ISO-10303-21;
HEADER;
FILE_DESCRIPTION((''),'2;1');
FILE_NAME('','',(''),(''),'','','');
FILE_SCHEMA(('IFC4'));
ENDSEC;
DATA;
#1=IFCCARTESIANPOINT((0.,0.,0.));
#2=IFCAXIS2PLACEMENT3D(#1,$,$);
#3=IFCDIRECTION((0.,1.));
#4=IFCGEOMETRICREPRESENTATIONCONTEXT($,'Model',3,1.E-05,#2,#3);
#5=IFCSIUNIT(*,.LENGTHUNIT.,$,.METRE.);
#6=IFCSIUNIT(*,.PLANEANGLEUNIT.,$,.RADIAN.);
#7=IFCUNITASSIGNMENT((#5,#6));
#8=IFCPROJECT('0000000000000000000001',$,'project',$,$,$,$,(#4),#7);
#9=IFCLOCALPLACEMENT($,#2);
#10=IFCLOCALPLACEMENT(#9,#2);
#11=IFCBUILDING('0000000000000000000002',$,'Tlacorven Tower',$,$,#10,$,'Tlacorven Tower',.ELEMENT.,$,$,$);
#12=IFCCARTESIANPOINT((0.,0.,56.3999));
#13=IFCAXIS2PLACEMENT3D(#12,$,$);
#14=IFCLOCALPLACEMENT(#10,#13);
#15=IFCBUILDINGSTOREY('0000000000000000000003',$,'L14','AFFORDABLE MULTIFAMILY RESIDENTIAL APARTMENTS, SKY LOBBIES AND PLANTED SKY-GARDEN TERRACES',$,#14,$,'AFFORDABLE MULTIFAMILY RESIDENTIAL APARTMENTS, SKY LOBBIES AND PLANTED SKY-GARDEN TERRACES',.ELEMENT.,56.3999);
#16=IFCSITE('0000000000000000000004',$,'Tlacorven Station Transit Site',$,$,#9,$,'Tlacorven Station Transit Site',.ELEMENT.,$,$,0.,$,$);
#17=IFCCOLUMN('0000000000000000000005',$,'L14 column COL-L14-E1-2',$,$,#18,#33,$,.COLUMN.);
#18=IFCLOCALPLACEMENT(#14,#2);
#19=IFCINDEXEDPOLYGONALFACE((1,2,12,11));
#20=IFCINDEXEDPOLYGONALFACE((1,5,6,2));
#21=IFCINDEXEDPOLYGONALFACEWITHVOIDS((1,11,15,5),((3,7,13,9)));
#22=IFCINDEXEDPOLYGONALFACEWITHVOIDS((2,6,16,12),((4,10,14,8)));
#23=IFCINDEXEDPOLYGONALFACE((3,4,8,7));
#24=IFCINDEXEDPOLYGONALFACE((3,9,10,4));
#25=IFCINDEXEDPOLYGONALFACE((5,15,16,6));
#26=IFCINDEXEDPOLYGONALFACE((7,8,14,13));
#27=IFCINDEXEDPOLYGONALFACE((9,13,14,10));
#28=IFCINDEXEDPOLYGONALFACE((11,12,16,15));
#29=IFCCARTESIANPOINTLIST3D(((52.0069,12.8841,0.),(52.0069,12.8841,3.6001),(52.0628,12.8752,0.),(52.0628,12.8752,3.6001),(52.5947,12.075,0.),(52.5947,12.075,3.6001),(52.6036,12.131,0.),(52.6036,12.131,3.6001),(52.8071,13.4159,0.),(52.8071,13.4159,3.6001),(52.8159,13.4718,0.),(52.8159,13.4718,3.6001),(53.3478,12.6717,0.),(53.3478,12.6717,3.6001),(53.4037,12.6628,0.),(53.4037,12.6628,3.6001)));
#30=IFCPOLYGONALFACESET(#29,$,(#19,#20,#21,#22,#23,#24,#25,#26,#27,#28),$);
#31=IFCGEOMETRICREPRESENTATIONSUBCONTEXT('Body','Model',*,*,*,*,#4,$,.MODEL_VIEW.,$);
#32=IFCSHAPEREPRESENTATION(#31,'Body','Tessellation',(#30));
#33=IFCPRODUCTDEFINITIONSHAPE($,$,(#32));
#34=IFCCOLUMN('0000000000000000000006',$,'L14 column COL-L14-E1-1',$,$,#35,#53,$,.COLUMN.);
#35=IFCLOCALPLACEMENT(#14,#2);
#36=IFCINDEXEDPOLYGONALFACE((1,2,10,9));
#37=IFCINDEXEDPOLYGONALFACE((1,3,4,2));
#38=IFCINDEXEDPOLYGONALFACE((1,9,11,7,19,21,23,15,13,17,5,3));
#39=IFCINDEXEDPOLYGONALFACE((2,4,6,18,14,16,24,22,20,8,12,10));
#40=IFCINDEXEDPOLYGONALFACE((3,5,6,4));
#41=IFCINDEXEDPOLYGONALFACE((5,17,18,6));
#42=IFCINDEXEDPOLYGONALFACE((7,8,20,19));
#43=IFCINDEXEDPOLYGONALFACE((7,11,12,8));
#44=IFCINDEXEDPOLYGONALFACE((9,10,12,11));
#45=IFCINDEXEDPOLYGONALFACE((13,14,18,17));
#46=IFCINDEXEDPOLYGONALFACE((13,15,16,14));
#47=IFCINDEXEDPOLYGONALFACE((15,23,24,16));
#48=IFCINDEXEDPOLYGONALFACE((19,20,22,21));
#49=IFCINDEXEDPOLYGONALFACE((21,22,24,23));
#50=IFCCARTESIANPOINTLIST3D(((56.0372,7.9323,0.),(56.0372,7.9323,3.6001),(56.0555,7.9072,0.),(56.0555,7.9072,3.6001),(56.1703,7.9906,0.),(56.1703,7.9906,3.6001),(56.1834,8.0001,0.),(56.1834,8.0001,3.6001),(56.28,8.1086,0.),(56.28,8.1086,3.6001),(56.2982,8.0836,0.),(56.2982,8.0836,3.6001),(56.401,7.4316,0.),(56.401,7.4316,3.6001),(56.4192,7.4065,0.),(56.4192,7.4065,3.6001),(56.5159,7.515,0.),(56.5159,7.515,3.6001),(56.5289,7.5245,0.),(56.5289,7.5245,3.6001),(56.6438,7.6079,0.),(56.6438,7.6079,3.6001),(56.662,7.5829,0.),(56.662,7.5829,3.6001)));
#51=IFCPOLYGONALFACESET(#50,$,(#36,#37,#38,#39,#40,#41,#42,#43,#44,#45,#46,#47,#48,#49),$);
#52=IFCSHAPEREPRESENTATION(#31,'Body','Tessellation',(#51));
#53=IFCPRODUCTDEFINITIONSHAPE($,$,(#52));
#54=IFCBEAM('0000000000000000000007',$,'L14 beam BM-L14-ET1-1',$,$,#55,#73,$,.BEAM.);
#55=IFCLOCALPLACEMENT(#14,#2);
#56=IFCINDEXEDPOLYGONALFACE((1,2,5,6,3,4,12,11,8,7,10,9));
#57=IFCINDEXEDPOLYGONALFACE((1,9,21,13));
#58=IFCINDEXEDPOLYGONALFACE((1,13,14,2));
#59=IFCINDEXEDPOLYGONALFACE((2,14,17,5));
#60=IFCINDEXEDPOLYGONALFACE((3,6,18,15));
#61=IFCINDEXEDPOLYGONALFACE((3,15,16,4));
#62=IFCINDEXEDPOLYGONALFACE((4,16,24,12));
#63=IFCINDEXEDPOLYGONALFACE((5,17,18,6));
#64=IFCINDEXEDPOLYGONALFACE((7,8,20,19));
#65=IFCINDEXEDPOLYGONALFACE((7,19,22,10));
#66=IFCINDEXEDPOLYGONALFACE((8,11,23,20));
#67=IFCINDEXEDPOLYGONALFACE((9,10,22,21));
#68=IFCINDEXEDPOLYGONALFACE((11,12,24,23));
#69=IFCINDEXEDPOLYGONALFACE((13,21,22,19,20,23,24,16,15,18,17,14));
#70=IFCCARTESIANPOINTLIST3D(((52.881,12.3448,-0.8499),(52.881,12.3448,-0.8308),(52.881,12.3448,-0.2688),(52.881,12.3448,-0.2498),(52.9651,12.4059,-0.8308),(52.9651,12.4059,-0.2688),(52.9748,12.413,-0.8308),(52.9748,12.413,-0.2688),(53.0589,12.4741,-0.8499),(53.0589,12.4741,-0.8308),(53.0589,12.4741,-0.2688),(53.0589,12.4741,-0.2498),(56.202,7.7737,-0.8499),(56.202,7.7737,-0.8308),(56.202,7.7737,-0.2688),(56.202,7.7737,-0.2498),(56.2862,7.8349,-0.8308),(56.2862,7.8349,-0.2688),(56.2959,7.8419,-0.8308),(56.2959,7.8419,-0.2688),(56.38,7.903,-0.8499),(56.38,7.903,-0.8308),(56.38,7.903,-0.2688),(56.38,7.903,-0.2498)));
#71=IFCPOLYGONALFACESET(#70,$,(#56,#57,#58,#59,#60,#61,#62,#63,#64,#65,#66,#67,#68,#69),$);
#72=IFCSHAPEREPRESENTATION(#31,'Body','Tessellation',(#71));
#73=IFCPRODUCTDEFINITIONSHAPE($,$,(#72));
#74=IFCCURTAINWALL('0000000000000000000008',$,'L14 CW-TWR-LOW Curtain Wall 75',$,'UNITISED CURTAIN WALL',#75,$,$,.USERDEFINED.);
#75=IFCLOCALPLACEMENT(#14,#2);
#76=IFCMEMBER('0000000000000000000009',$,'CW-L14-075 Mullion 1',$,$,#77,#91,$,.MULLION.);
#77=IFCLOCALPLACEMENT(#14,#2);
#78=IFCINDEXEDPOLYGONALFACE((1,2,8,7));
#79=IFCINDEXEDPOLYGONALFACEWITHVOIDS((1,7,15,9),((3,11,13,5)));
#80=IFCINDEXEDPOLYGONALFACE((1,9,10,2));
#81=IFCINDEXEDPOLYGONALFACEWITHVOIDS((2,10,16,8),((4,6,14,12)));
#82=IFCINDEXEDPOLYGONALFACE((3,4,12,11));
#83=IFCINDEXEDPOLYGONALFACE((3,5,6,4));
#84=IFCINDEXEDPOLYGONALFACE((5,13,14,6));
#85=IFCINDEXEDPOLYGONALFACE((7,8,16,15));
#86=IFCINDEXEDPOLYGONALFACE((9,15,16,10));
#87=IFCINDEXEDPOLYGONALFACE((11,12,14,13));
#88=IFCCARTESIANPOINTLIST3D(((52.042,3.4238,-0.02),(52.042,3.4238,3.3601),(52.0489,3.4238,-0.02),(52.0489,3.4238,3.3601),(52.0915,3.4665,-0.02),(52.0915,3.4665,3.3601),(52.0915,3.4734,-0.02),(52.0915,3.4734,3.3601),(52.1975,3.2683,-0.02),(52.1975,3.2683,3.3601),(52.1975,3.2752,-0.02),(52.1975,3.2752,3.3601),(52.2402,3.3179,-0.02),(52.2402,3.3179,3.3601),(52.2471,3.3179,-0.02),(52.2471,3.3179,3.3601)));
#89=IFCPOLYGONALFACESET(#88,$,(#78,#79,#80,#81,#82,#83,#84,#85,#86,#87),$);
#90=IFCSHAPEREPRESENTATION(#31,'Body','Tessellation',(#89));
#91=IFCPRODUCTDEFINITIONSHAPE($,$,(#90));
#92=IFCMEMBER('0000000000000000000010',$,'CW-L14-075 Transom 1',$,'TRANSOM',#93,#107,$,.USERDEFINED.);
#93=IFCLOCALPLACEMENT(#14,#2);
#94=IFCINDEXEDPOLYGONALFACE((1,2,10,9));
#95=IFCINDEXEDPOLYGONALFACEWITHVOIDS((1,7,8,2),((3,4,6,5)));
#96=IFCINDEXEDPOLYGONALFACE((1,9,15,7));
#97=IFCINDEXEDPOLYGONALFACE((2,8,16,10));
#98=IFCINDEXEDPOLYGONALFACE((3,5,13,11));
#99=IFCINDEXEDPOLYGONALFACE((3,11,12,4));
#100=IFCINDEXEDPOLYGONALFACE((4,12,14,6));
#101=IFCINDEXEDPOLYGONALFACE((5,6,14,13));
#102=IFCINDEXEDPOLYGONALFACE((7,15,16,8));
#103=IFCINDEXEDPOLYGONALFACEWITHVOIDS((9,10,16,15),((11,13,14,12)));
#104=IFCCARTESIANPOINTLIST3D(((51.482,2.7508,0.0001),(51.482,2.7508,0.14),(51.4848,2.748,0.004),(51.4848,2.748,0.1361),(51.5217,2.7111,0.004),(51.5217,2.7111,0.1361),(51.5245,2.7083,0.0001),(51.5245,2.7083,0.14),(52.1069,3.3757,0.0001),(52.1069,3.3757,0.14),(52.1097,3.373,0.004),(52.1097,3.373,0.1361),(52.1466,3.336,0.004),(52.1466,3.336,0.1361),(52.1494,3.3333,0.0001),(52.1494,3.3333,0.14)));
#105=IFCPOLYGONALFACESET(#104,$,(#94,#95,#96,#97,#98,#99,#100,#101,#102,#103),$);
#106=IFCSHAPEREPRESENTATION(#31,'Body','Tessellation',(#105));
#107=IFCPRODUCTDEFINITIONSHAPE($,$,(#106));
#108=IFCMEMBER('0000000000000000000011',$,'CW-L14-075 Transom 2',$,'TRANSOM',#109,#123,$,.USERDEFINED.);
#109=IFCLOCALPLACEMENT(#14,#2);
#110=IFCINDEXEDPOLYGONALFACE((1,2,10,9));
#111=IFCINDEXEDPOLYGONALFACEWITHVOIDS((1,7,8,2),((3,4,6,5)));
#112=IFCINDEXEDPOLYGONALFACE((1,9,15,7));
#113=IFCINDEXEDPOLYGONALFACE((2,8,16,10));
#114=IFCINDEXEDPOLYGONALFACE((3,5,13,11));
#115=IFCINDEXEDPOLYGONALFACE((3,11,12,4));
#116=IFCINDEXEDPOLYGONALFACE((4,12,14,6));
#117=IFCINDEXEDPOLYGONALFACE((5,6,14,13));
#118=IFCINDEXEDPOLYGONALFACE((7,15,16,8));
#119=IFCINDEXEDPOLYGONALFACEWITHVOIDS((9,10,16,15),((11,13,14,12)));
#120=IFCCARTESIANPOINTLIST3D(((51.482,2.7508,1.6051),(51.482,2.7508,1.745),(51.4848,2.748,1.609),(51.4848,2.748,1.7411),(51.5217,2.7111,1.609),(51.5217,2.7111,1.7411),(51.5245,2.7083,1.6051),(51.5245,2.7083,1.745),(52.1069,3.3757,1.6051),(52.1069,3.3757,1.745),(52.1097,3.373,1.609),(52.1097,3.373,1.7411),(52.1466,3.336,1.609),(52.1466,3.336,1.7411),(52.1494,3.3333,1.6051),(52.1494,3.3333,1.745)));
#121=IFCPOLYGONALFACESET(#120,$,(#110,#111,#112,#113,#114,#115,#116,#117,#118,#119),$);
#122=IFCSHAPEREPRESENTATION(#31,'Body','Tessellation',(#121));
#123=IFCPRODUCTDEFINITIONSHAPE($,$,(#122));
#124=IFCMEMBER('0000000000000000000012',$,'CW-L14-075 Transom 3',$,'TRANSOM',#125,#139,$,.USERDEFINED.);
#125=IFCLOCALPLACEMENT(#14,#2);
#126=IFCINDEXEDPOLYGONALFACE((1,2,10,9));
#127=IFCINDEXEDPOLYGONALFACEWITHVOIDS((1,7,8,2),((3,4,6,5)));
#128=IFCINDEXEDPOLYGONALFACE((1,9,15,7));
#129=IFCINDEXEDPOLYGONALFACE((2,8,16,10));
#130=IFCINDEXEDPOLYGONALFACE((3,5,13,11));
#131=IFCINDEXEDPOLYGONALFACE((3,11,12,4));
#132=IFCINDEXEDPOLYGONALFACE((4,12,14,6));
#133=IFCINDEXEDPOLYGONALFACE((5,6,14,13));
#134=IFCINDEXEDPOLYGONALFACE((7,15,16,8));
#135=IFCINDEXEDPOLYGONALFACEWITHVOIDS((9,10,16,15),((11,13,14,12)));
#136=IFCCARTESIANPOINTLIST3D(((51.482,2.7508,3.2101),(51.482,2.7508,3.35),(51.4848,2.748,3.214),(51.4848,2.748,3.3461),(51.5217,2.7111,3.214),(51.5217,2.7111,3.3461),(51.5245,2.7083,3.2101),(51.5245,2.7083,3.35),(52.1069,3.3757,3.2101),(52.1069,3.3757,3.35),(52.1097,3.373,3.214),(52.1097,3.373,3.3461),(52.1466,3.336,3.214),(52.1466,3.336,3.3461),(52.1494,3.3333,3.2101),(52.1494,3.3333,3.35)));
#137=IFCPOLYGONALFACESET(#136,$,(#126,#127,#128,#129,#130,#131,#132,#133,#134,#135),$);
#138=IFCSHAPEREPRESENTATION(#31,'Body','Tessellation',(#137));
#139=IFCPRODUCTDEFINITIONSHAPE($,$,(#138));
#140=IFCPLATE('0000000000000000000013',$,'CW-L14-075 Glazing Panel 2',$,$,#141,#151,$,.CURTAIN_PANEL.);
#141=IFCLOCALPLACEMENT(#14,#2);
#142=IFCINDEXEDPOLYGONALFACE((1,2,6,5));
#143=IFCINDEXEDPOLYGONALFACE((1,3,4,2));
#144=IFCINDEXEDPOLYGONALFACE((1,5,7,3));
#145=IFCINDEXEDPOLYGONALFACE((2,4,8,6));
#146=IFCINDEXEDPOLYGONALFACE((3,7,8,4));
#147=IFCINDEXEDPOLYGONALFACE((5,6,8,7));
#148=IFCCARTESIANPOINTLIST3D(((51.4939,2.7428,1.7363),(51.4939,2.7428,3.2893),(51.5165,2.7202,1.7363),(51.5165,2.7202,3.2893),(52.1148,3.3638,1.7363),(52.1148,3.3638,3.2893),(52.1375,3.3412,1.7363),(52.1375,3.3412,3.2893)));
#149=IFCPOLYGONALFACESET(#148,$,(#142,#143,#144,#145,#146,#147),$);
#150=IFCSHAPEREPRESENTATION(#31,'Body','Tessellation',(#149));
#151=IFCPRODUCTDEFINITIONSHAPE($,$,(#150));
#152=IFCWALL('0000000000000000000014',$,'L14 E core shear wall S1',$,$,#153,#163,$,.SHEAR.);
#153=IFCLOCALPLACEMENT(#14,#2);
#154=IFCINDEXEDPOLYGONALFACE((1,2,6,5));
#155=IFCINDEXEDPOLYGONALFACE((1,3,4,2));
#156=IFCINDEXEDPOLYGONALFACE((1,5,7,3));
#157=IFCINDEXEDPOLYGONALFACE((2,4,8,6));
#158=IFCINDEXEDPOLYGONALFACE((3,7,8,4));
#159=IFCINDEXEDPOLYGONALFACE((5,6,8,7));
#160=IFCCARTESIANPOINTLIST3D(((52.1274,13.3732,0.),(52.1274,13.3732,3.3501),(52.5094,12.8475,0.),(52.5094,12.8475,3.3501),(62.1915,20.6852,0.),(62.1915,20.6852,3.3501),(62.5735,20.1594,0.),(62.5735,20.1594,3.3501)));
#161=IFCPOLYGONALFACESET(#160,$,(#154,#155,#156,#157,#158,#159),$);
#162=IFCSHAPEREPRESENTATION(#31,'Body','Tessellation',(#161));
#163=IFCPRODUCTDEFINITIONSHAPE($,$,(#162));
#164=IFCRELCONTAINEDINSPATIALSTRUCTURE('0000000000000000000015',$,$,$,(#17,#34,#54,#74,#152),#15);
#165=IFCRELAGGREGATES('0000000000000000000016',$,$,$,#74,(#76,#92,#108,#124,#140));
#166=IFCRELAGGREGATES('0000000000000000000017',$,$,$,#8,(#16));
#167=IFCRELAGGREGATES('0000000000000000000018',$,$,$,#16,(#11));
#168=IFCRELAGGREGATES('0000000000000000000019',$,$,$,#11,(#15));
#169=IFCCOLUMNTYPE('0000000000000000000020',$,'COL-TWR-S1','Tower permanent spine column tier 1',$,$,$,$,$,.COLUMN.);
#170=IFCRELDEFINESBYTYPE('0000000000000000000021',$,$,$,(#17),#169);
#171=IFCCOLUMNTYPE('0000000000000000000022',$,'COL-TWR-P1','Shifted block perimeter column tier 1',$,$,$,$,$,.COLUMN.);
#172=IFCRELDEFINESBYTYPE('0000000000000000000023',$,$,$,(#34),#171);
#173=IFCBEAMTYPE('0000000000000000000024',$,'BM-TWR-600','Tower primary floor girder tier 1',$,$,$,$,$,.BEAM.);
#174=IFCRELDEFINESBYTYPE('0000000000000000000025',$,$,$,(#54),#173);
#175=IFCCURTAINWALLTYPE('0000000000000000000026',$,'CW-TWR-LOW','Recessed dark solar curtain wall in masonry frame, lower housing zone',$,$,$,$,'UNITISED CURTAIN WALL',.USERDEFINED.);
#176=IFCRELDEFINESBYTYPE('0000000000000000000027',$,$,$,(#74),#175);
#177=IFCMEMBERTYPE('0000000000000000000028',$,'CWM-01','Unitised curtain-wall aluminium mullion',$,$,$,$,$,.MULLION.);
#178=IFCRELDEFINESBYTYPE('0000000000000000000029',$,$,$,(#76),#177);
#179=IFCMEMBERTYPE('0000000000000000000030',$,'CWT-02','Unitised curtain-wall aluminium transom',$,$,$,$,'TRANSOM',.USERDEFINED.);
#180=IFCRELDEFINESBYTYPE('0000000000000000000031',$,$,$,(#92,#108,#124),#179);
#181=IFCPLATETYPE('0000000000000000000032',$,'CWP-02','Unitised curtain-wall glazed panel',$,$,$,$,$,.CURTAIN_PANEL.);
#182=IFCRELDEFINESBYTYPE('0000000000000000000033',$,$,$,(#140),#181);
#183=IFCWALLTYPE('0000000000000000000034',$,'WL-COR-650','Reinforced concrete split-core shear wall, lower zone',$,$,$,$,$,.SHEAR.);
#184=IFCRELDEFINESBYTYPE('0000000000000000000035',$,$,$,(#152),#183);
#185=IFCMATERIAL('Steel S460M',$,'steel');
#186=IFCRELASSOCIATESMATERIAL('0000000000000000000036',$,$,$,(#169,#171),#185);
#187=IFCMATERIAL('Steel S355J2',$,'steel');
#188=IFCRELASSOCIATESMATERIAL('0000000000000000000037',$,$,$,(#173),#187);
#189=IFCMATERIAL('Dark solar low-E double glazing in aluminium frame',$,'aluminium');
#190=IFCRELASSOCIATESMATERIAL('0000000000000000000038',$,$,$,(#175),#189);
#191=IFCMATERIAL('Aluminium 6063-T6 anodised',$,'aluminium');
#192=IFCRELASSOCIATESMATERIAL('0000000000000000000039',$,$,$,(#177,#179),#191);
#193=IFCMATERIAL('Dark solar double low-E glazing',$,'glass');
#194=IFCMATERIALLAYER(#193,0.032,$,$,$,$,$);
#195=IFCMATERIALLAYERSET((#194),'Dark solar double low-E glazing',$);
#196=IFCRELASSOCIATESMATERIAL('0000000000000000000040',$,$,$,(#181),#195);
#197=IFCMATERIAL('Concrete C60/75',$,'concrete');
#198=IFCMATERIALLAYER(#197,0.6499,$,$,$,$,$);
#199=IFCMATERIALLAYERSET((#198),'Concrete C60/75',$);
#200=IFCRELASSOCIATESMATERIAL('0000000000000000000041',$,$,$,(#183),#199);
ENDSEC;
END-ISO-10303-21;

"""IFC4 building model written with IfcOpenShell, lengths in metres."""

from ifc_helpers import new_model, si_unit, direction, frame, frame_2d, origin, origin_2d, place, context, subcontext, project, spatial, rectangle, hollow_rectangle, i_section, extrude, source, transform, mapped, material, layer, layer_set, material_profile, profile_set, type_object, element, aggregate, save


model = new_model("IFC4")

# Units and contexts
model_context = context("Model", 3, precision=1e-05, world=origin(), true_north=direction((0.0, 1.0)))
body_context = subcontext(model_context, "Body", "Model", "MODEL_VIEW")
ifc_project = project(units=[si_unit("LENGTHUNIT", "METRE"), si_unit("PLANEANGLEUNIT", "RADIAN")], contexts=[model_context])

# Site, building, storey
site_placement = place(None, origin())
site = spatial("IfcSite", under=ifc_project, at=site_placement, Name="Tlacorven Station Transit Site", LongName="Tlacorven Station Transit Site", CompositionType="ELEMENT", RefElevation=0.0)
building_placement = place(site_placement, origin())
building = spatial("IfcBuilding", under=site, at=building_placement, Name="Tlacorven Tower", LongName="Tlacorven Tower", CompositionType="ELEMENT")
storey_placement = place(building_placement, frame((0.0, 0.0, 56.3999)))
storey = spatial("IfcBuildingStorey", under=building, at=storey_placement, Name="L14", Description="AFFORDABLE MULTIFAMILY RESIDENTIAL APARTMENTS, SKY LOBBIES AND PLANTED SKY-GARDEN TERRACES", LongName="AFFORDABLE MULTIFAMILY RESIDENTIAL APARTMENTS, SKY LOBBIES AND PLANTED SKY-GARDEN TERRACES", CompositionType="ELEMENT", Elevation=56.3999)

# Columns
ifc_material_1 = material(Name="Steel S460M", Category="steel")
ifc_material_profile_1 = material_profile(ifc_material_1, hollow_rectangle(XDim=1.0, YDim=1.0, WallThickness=0.04, at=origin_2d()), Name="BOX 1000X1000X40")
ifc_profile_set_1 = profile_set([ifc_material_profile_1], Name="Steel S460M")
column_type_1 = type_object("IfcColumnType", Name="COL-TWR-S1", Description="Tower permanent spine column tier 1", PredefinedType="COLUMN", material=ifc_profile_set_1)
shared_shape_1 = source(origin(), body_context, "Body", "SweptSolid", [
    extrude(hollow_rectangle(XDim=1.0, YDim=1.0, WallThickness=0.04, at=origin_2d()), origin(), (0.0, 0.0, 1.0), 3.6001),
])
column_1_placement = place(storey_placement, frame((52.7053, 12.7734, 0.0), z_axis=(0.0, 0.0, 1.0), x_axis=(0.809017, 0.587785, 0.0)))
element("IfcColumn", 1, at=column_1_placement, inside=storey, type_object=column_type_1, Name="L14 column COL-L14-E1-2", PredefinedType="COLUMN", context=body_context, shape_type="MappedRepresentation", body=[
    mapped(shared_shape_1, transform((0.0, 0.0, 0.0), scale=1.0)),
])
ifc_material_profile_2 = material_profile(ifc_material_1, i_section(OverallWidth=0.3, OverallDepth=0.6499, WebThickness=0.0161, FlangeThickness=0.031, at=origin_2d()), Name="HEB 650")
ifc_profile_set_2 = profile_set([ifc_material_profile_2], Name="Steel S460M")
column_type_2 = type_object("IfcColumnType", Name="COL-TWR-P1", Description="Shifted block perimeter column tier 1", PredefinedType="COLUMN", material=ifc_profile_set_2)
shared_shape_2 = source(origin(), body_context, "Body", "SweptSolid", [
    extrude(i_section(OverallWidth=0.3, OverallDepth=0.6499, WebThickness=0.0161, FlangeThickness=0.031, at=origin_2d()), origin(), (0.0, 0.0, 1.0), 3.6001),
])
column_2_placement = place(storey_placement, frame((56.3496, 7.7576, 0.0), z_axis=(0.0, 0.0, 1.0), x_axis=(0.809017, 0.587785, 0.0)))
element("IfcColumn", 2, at=column_2_placement, inside=storey, type_object=column_type_2, Name="L14 column COL-L14-E1-1", PredefinedType="COLUMN", context=body_context, shape_type="MappedRepresentation", body=[
    mapped(shared_shape_2, transform((0.0, 0.0, 0.0), scale=1.0)),
])

# Beam
ifc_material_2 = material(Name="Steel S355J2", Category="steel")
ifc_material_profile_3 = material_profile(ifc_material_2, i_section(OverallWidth=0.22, OverallDepth=0.6001, WebThickness=0.012, FlangeThickness=0.019, at=origin_2d()), Name="IPE 600")
ifc_profile_set_3 = profile_set([ifc_material_profile_3], Name="Steel S355J2")
beam_type = type_object("IfcBeamType", Name="BM-TWR-600", Description="Tower primary floor girder tier 1", PredefinedType="BEAM", material=ifc_profile_set_3)
shared_shape_3 = source(origin(), body_context, "Body", "SweptSolid", [
    extrude(i_section(OverallWidth=0.22, OverallDepth=0.6001, WebThickness=0.012, FlangeThickness=0.019, at=origin_2d()), origin(), (0.0, 0.0, 1.0), 5.6501),
])
beam_placement = place(storey_placement, frame((56.291, 7.8384, -0.5498), z_axis=(-0.587784, 0.809018, 0.0), x_axis=(-0.809018, -0.587784, 0.0)))
element("IfcBeam", 3, at=beam_placement, inside=storey, type_object=beam_type, Name="L14 beam BM-L14-ET1-1", PredefinedType="BEAM", context=body_context, shape_type="MappedRepresentation", body=[
    mapped(shared_shape_3, transform((0.0, 0.0, 0.0), scale=1.0)),
])

# Curtain wall, members, plate
ifc_material_3 = material(Name="Dark solar low-E double glazing in aluminium frame", Category="aluminium")
curtain_wall_type = type_object("IfcCurtainWallType", Name="CW-TWR-LOW", Description="Recessed dark solar curtain wall in masonry frame, lower housing zone", ElementType="UNITISED CURTAIN WALL", PredefinedType="USERDEFINED", material=ifc_material_3)
curtain_wall_placement = place(storey_placement, origin())
curtain_wall = element("IfcCurtainWall", 4, at=curtain_wall_placement, inside=storey, type_object=curtain_wall_type, Name="L14 CW-TWR-LOW Curtain Wall 75", ObjectType="UNITISED CURTAIN WALL", PredefinedType="USERDEFINED")
ifc_material_4 = material(Name="Aluminium 6063-T6 anodised", Category="aluminium")
ifc_material_profile_4 = material_profile(ifc_material_4, hollow_rectangle(XDim=0.0701, YDim=0.22, WallThickness=0.0049, at=origin_2d()), Name="ALU MULLION 70X220")
ifc_profile_set_4 = profile_set([ifc_material_profile_4], Name="Aluminium 6063-T6 anodised")
member_type_1 = type_object("IfcMemberType", Name="CWM-01", Description="Unitised curtain-wall aluminium mullion", PredefinedType="MULLION", material=ifc_profile_set_4)
shared_shape_4 = source(origin(), body_context, "Body", "SweptSolid", [
    extrude(hollow_rectangle(XDim=0.0701, YDim=0.22, WallThickness=0.0049, at=origin_2d()), origin(), (0.0, 0.0, 1.0), 3.3801),
])
member_1_placement = place(storey_placement, frame((52.1445, 3.3708, -0.02), z_axis=(0.0, 0.0, 1.0), x_axis=(-0.707107, -0.707107, 0.0)))
member_1 = element("IfcMember", 5, at=member_1_placement, type_object=member_type_1, Name="CW-L14-075 Mullion 1", PredefinedType="MULLION", context=body_context, shape_type="MappedRepresentation", body=[
    mapped(shared_shape_4, transform((0.0, 0.0, 0.0), scale=1.0)),
])
ifc_material_profile_5 = material_profile(ifc_material_4, hollow_rectangle(XDim=0.0601, YDim=0.1399, WallThickness=0.0039, at=origin_2d()), Name="ALU TRANSOM 60X140")
ifc_profile_set_5 = profile_set([ifc_material_profile_5], Name="Aluminium 6063-T6 anodised")
member_type_2 = type_object("IfcMemberType", Name="CWT-02", Description="Unitised curtain-wall aluminium transom", ElementType="TRANSOM", PredefinedType="USERDEFINED", material=ifc_profile_set_5)
shared_shape_5 = source(origin(), body_context, "Body", "SweptSolid", [
    extrude(hollow_rectangle(XDim=0.0601, YDim=0.1399, WallThickness=0.0039, at=origin_2d()), origin(), (0.0, 0.0, 1.0), 0.8838),
])
member_2_placement = place(storey_placement, frame((52.1282, 3.3545, 0.0701), z_axis=(-0.707107, -0.707107, 0.0), x_axis=(0.707107, -0.707107, 0.0)))
member_2 = element("IfcMember", 6, at=member_2_placement, type_object=member_type_2, Name="CW-L14-075 Transom 1", ObjectType="TRANSOM", PredefinedType="USERDEFINED", context=body_context, shape_type="MappedRepresentation", body=[
    mapped(shared_shape_5, transform((0.0, 0.0, 0.0), scale=1.0)),
])
member_3_placement = place(storey_placement, frame((52.1282, 3.3545, 1.675), z_axis=(-0.707107, -0.707107, 0.0), x_axis=(0.707107, -0.707107, 0.0)))
member_3 = element("IfcMember", 7, at=member_3_placement, type_object=member_type_2, Name="CW-L14-075 Transom 2", ObjectType="TRANSOM", PredefinedType="USERDEFINED", context=body_context, shape_type="MappedRepresentation", body=[
    mapped(shared_shape_5, transform((0.0, 0.0, 0.0), scale=1.0)),
])
member_4_placement = place(storey_placement, frame((52.1282, 3.3545, 3.28), z_axis=(-0.707107, -0.707107, 0.0), x_axis=(0.707107, -0.707107, 0.0)))
member_4 = element("IfcMember", 8, at=member_4_placement, type_object=member_type_2, Name="CW-L14-075 Transom 3", ObjectType="TRANSOM", PredefinedType="USERDEFINED", context=body_context, shape_type="MappedRepresentation", body=[
    mapped(shared_shape_5, transform((0.0, 0.0, 0.0), scale=1.0)),
])
ifc_material_5 = material(Name="Dark solar double low-E glazing", Category="glass")
ifc_layer_1 = layer(ifc_material_5, 0.032)
ifc_layer_set_1 = layer_set([ifc_layer_1], Name="Dark solar double low-E glazing")
plate_type = type_object("IfcPlateType", Name="CWP-02", Description="Unitised curtain-wall glazed panel", PredefinedType="CURTAIN_PANEL", material=ifc_layer_set_1)
shared_shape_6 = source(origin(), body_context, "Body", "SweptSolid", [
    extrude(rectangle(XDim=0.8782, YDim=0.032, at=origin_2d()), origin(), (0.0, 0.0, 1.0), 1.553),
])
plate_placement = place(storey_placement, frame((51.8157, 3.042, 1.7363), z_axis=(0.0, 0.0, 1.0), x_axis=(-0.707107, -0.707107, 0.0)))
plate = element("IfcPlate", 9, at=plate_placement, type_object=plate_type, Name="CW-L14-075 Glazing Panel 2", PredefinedType="CURTAIN_PANEL", context=body_context, shape_type="MappedRepresentation", body=[
    mapped(shared_shape_6, transform((0.0, 0.0, 0.0), scale=1.0)),
])
aggregate(curtain_wall, [member_1, member_2, member_3, member_4, plate])

# Wall
ifc_material_6 = material(Name="Concrete C60/75", Category="concrete")
ifc_layer_2 = layer(ifc_material_6, 0.6499)
ifc_layer_set_2 = layer_set([ifc_layer_2], Name="Concrete C60/75")
wall_type_1 = type_object("IfcWallType", Name="WL-COR-650", Description="Reinforced concrete split-core shear wall, lower zone", PredefinedType="SHEAR", material=ifc_layer_set_2)
wall_1_placement = place(storey_placement, frame((52.3184, 13.1104, 0.0), z_axis=(0.0, 0.0, 1.0), x_axis=(0.809019, 0.587782, 0.0)))
element("IfcWall", 10, at=wall_1_placement, inside=storey, type_object=wall_type_1, Name="L14 E core shear wall S1", PredefinedType="SHEAR", context=body_context, shape_type="SweptSolid", body=[
    extrude(rectangle(XDim=12.4399, YDim=0.6499, at=frame_2d((6.22, 0.0))), origin(), (0.0, 0.0, 1.0), 3.3501),
])

save(model, "model.ifc")
